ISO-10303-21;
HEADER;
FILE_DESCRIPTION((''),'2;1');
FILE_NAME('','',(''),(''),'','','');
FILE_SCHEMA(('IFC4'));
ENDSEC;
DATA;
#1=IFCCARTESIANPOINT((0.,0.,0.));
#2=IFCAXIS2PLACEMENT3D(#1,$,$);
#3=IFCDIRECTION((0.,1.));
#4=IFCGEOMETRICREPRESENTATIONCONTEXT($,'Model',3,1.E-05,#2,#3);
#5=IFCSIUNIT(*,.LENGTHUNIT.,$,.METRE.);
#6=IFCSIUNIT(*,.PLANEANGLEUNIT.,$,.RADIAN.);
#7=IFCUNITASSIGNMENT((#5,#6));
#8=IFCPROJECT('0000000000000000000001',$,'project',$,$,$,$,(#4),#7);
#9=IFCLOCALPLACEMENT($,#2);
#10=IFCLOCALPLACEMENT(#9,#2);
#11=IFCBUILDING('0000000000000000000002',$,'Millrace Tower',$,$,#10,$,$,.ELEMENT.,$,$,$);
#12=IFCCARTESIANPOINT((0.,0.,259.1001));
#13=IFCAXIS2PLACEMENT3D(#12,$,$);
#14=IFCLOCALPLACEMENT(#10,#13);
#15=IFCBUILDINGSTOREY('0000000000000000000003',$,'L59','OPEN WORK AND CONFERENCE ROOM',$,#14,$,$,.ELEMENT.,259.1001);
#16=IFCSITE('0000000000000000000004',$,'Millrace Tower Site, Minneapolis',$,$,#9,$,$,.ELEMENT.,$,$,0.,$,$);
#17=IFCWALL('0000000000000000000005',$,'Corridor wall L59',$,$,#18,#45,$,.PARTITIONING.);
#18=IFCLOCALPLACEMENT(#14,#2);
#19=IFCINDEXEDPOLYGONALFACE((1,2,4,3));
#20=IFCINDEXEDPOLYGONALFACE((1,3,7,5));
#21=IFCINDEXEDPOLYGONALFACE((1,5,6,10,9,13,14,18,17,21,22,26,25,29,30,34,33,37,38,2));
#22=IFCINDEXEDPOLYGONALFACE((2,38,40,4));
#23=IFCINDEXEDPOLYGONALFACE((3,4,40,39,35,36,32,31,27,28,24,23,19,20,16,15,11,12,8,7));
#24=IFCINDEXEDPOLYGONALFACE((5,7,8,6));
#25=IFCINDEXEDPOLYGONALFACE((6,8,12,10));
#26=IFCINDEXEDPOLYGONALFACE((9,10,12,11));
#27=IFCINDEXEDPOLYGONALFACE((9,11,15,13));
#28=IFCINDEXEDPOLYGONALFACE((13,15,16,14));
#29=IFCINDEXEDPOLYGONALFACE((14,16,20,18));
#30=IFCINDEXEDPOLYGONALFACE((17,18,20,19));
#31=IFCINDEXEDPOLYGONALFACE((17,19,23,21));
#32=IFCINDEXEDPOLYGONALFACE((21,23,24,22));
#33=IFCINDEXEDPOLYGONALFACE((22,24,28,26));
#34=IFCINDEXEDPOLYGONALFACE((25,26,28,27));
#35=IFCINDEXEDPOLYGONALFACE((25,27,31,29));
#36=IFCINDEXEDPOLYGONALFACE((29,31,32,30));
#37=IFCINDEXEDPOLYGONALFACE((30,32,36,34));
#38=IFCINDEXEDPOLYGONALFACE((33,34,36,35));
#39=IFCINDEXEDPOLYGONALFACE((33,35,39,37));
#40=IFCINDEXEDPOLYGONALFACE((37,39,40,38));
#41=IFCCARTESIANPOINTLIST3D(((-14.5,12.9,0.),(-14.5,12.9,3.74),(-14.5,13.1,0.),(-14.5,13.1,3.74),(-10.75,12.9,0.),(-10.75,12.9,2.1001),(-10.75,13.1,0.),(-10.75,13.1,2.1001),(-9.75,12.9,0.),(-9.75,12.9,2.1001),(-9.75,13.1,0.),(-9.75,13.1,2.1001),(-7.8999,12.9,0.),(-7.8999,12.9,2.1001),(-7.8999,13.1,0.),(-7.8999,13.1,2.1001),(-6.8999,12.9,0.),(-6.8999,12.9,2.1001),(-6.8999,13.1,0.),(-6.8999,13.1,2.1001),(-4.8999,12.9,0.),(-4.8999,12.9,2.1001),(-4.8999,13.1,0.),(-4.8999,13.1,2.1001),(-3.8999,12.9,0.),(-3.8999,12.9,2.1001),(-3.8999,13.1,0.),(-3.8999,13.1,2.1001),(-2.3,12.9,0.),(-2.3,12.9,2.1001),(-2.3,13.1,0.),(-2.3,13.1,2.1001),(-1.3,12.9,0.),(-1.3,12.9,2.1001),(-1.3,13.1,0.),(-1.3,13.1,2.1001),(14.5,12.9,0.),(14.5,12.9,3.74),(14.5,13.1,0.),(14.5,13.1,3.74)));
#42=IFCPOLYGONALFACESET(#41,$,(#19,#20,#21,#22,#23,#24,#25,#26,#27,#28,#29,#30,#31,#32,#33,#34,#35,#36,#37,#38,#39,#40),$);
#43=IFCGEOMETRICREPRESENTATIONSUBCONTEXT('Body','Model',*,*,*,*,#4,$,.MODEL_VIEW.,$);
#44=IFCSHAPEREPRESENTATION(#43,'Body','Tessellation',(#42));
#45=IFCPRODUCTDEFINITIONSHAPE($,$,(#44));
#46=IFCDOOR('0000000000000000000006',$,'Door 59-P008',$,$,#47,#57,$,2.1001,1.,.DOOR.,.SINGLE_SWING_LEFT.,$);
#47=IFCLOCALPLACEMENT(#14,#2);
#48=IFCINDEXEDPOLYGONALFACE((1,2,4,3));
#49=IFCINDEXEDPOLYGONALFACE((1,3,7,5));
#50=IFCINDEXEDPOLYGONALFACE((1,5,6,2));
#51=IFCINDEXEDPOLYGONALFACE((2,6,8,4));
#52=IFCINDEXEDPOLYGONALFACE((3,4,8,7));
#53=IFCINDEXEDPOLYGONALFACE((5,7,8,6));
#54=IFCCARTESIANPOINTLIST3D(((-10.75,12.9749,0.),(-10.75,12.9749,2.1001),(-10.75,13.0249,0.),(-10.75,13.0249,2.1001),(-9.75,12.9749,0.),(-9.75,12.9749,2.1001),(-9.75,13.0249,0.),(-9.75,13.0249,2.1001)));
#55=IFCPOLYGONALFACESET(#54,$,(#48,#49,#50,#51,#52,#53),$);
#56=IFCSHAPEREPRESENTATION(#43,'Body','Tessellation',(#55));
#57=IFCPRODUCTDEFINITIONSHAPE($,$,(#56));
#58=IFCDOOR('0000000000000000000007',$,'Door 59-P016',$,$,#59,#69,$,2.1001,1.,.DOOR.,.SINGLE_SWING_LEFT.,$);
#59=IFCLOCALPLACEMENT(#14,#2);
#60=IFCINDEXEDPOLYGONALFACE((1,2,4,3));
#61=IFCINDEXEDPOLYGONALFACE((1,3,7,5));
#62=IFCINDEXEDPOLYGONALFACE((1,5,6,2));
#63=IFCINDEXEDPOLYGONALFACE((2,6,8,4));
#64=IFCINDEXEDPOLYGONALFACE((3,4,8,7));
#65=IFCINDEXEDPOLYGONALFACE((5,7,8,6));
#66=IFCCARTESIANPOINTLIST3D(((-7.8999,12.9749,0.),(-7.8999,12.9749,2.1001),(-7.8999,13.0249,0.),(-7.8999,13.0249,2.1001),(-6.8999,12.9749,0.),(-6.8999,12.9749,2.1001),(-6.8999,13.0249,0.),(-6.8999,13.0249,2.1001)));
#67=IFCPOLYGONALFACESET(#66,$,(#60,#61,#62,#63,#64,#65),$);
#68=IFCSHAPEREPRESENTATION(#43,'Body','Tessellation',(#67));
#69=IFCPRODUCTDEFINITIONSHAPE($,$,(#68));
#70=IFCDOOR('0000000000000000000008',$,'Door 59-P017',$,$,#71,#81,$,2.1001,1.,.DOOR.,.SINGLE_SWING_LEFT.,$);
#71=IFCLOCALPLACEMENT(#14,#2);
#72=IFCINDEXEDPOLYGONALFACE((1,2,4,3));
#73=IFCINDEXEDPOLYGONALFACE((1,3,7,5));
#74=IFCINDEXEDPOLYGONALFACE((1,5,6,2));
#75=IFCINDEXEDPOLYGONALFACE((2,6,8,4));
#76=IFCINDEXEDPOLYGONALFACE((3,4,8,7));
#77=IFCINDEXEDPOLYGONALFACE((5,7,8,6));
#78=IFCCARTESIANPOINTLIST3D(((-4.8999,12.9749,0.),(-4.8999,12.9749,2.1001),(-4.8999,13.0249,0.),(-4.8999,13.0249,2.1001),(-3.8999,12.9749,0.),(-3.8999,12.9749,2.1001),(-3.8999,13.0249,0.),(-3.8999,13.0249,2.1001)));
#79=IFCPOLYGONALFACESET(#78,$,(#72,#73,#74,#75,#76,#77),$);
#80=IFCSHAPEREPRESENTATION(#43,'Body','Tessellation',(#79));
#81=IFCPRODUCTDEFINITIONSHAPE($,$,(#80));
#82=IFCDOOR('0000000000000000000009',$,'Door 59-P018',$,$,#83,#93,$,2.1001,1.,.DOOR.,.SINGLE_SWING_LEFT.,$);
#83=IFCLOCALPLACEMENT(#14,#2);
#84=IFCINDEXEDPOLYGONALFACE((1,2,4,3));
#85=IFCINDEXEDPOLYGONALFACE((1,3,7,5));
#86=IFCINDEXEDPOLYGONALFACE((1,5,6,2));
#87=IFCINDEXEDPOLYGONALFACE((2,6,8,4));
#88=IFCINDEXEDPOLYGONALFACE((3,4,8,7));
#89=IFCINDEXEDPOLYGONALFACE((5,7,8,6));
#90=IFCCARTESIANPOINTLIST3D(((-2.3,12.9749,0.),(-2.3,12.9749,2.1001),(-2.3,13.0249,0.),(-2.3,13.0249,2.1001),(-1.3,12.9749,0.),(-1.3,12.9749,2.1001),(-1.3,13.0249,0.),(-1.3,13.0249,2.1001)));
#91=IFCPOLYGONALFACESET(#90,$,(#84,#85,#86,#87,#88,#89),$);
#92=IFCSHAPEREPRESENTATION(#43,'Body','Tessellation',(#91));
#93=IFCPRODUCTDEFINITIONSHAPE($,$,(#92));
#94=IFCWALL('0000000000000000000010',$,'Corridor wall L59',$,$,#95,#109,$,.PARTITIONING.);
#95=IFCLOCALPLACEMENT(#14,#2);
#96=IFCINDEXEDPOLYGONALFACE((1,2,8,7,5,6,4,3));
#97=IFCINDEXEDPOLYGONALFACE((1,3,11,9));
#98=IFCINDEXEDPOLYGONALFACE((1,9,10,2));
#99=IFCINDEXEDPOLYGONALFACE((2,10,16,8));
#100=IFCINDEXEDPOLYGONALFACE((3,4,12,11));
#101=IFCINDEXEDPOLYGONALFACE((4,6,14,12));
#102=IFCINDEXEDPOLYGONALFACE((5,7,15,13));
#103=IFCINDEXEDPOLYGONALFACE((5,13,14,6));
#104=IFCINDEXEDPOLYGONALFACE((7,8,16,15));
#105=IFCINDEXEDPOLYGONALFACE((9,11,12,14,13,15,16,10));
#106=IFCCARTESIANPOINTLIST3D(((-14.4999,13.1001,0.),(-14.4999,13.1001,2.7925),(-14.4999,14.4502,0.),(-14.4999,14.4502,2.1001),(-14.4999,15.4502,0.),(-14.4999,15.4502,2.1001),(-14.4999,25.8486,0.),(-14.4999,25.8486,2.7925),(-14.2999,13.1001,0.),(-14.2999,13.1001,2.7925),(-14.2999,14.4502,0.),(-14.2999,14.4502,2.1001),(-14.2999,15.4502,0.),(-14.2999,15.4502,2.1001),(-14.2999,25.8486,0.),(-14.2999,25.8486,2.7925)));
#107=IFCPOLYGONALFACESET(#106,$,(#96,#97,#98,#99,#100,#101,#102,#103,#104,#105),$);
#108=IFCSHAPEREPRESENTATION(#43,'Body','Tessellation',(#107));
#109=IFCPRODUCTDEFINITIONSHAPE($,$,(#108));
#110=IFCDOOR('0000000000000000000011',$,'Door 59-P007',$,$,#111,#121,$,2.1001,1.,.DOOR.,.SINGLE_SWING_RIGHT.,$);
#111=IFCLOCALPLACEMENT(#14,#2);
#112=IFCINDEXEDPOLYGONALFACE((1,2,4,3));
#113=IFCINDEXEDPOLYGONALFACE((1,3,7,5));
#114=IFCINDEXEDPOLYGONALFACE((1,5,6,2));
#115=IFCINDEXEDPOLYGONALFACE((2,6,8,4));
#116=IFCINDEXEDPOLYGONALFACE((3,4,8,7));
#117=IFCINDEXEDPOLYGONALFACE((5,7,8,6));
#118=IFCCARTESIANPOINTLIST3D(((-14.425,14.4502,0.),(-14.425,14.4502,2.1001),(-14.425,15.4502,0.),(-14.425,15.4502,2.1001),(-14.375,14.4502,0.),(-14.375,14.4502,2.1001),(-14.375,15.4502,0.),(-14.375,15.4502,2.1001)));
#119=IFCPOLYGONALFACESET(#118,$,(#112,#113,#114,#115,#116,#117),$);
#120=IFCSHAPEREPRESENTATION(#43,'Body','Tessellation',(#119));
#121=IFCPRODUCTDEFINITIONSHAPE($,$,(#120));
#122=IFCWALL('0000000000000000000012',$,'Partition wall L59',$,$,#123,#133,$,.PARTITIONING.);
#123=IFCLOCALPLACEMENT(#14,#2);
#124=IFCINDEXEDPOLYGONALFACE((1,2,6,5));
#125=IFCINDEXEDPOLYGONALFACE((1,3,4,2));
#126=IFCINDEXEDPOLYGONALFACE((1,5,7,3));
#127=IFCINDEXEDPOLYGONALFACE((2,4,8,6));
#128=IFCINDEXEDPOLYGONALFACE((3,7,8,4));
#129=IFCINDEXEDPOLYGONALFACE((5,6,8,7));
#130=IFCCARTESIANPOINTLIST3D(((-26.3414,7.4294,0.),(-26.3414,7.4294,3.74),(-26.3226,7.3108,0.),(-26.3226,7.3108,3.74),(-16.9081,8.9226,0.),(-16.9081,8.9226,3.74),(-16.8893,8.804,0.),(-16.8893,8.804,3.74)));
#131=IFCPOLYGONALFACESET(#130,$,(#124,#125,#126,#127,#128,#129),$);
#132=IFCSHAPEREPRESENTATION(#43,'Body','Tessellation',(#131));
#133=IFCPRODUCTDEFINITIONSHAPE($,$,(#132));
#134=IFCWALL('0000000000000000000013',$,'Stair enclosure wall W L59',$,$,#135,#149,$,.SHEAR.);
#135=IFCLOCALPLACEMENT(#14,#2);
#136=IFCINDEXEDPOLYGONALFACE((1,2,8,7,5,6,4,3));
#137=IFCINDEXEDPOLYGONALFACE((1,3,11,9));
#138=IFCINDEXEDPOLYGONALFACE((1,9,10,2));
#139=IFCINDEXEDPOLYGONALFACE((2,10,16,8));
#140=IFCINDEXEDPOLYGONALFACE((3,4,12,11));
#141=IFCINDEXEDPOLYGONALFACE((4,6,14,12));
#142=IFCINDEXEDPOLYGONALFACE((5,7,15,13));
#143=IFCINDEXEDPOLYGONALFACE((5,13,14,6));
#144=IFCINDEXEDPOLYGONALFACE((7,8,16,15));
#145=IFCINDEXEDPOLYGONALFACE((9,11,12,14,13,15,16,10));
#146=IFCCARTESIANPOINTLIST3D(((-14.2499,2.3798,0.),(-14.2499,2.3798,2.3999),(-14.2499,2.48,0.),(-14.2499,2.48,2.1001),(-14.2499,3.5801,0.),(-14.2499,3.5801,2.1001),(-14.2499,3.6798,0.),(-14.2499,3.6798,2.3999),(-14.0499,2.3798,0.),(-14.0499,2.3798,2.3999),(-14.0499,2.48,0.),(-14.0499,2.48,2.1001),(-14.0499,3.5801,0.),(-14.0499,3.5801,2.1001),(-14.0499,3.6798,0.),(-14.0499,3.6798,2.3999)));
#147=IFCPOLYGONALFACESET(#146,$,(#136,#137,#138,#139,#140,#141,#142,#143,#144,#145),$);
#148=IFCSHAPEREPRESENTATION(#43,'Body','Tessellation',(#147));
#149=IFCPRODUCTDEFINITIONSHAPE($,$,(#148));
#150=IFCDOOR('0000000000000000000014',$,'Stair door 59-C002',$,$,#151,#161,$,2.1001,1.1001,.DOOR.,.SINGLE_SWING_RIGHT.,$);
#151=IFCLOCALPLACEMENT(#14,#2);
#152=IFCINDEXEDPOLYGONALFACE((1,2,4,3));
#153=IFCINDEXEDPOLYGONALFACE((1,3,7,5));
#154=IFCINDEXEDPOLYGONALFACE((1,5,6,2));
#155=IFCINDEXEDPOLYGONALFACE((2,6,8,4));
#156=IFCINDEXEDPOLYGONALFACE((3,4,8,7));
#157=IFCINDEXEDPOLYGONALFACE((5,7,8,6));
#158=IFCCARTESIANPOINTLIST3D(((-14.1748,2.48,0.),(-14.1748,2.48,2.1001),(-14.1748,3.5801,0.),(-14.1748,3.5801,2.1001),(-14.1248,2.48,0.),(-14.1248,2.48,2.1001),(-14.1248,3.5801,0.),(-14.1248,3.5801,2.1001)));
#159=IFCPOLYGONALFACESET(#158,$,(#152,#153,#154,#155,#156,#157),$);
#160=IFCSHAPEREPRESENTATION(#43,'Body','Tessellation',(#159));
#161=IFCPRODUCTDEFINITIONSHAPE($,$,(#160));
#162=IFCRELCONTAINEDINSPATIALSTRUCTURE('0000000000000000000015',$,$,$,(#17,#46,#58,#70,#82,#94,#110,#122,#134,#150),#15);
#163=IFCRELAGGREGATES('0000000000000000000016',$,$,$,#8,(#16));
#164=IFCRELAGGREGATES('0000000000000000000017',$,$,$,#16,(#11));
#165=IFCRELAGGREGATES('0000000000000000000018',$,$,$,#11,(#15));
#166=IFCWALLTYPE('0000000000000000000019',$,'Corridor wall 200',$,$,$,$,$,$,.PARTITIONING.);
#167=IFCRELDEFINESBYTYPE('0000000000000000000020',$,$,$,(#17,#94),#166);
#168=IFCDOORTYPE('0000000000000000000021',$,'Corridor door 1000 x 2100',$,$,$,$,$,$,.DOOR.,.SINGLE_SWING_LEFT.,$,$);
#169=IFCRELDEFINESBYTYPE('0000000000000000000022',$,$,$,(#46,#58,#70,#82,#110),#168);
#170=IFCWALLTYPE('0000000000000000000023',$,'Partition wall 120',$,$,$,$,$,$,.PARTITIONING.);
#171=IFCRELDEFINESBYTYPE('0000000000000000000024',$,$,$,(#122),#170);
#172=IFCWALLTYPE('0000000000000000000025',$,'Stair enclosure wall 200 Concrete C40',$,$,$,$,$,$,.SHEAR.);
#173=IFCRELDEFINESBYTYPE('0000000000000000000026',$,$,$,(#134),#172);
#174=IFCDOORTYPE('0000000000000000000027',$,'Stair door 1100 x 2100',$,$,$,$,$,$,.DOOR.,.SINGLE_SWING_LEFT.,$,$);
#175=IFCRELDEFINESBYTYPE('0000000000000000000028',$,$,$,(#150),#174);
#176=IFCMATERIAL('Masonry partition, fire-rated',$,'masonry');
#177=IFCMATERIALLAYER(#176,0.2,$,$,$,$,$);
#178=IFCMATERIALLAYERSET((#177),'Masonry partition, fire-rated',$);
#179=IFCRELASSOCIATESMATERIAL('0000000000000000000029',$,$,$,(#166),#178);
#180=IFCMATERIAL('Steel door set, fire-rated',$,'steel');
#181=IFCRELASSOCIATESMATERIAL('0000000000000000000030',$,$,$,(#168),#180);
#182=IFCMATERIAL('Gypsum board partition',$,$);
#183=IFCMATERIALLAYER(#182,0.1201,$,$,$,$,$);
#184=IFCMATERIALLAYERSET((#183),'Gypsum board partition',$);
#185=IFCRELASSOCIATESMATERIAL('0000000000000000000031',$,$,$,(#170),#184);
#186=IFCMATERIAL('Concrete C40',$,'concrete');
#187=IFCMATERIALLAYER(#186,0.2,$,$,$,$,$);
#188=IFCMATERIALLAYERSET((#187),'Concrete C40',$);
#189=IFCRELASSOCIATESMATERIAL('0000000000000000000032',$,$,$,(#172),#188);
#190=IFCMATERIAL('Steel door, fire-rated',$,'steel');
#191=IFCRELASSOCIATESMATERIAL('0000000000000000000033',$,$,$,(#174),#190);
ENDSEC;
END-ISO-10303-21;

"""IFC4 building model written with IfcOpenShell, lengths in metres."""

from ifc_helpers import new_model, si_unit, direction, frame, frame_2d, origin, place, context, subcontext, project, spatial, rectangle, extrude, material, layer, layer_set, type_object, element, fill, save


model = new_model("IFC4")

# Units and contexts
model_context = context("Model", 3, precision=1e-05, world=origin(), true_north=direction((0.0, 1.0)))
body_context = subcontext(model_context, "Body", "Model", "MODEL_VIEW")
ifc_project = project(units=[si_unit("LENGTHUNIT", "METRE"), si_unit("PLANEANGLEUNIT", "RADIAN")], contexts=[model_context])

# Site, building, storey
site_placement = place(None, origin())
site = spatial("IfcSite", under=ifc_project, at=site_placement, Name="Millrace Tower Site, Minneapolis", CompositionType="ELEMENT", RefElevation=0.0)
building_placement = place(site_placement, origin())
building = spatial("IfcBuilding", under=site, at=building_placement, Name="Millrace Tower", CompositionType="ELEMENT")
storey_placement = place(building_placement, frame((0.0, 0.0, 259.1001)))
storey = spatial("IfcBuildingStorey", under=building, at=storey_placement, Name="L59", Description="OPEN WORK AND CONFERENCE ROOM", CompositionType="ELEMENT", Elevation=259.1001)

# Wall, openings, doors
ifc_material_1 = material(Name="Masonry partition, fire-rated", Category="masonry")
ifc_layer_1 = layer(ifc_material_1, 0.2)
ifc_layer_set_1 = layer_set([ifc_layer_1], Name="Masonry partition, fire-rated")
wall_type_1 = type_object("IfcWallType", Name="Corridor wall 200", PredefinedType="PARTITIONING", material=ifc_layer_set_1)
wall_1_placement = place(storey_placement, frame((-14.5, 13.0, 0.0), z_axis=(0.0, 0.0, 1.0), x_axis=(1.0, 0.0, 0.0)))
wall_1 = element("IfcWall", 1, at=wall_1_placement, inside=storey, type_object=wall_type_1, Name="Corridor wall L59", PredefinedType="PARTITIONING", context=body_context, shape_type="SweptSolid", body=[
    extrude(rectangle(XDim=29.0, YDim=0.2, at=frame_2d((14.5, 0.0))), origin(), (0.0, 0.0, 1.0), 3.74),
])
opening_1_placement = place(wall_1_placement, frame((3.75, 0.0, 0.0)))
opening_1 = element("IfcOpeningElement", 2, at=opening_1_placement, cuts=wall_1, PredefinedType="OPENING", context=body_context, shape_type="SweptSolid", body=[
    extrude(rectangle(XDim=1.0, YDim=2.1001, at=frame_2d((0.5, 1.05))), frame((0.0, 0.1099, 0.0), z_axis=(0.0, -1.0, 0.0), x_axis=(1.0, 0.0, 0.0)), (0.0, 0.0, 1.0), 0.22),
])
opening_2_placement = place(wall_1_placement, frame((6.6001, 0.0, 0.0)))
opening_2 = element("IfcOpeningElement", 3, at=opening_2_placement, cuts=wall_1, PredefinedType="OPENING", context=body_context, shape_type="SweptSolid", body=[
    extrude(rectangle(XDim=1.0, YDim=2.1001, at=frame_2d((0.5, 1.05))), frame((0.0, 0.1099, 0.0), z_axis=(0.0, -1.0, 0.0), x_axis=(1.0, 0.0, 0.0)), (0.0, 0.0, 1.0), 0.22),
])
opening_3_placement = place(wall_1_placement, frame((9.6001, 0.0, 0.0)))
opening_3 = element("IfcOpeningElement", 4, at=opening_3_placement, cuts=wall_1, PredefinedType="OPENING", context=body_context, shape_type="SweptSolid", body=[
    extrude(rectangle(XDim=1.0, YDim=2.1001, at=frame_2d((0.5, 1.05))), frame((0.0, 0.1099, 0.0), z_axis=(0.0, -1.0, 0.0), x_axis=(1.0, 0.0, 0.0)), (0.0, 0.0, 1.0), 0.22),
])
opening_4_placement = place(wall_1_placement, frame((12.2, 0.0, 0.0)))
opening_4 = element("IfcOpeningElement", 5, at=opening_4_placement, cuts=wall_1, PredefinedType="OPENING", context=body_context, shape_type="SweptSolid", body=[
    extrude(rectangle(XDim=1.0, YDim=2.1001, at=frame_2d((0.5, 1.05))), frame((0.0, 0.1099, 0.0), z_axis=(0.0, -1.0, 0.0), x_axis=(1.0, 0.0, 0.0)), (0.0, 0.0, 1.0), 0.22),
])
ifc_material_2 = material(Name="Steel door set, fire-rated", Category="steel")
door_type_1 = type_object("IfcDoorType", Name="Corridor door 1000 x 2100", OperationType="SINGLE_SWING_LEFT", PredefinedType="DOOR", material=ifc_material_2)
door_1_placement = place(opening_1_placement, origin())
door_1 = element("IfcDoor", 6, at=door_1_placement, inside=storey, type_object=door_type_1, Name="Door 59-P008", OperationType="SINGLE_SWING_LEFT", OverallHeight=2.1001, OverallWidth=1.0, PredefinedType="DOOR", context=body_context, shape_type="SweptSolid", body=[
    extrude(rectangle(XDim=1.0, YDim=2.1001, at=frame_2d((0.5, 1.05))), frame((0.0, 0.0249, 0.0), z_axis=(0.0, -1.0, 0.0), x_axis=(1.0, 0.0, 0.0)), (0.0, 0.0, 1.0), 0.05),
])
fill(opening_1, door_1)
door_2_placement = place(opening_2_placement, origin())
door_2 = element("IfcDoor", 7, at=door_2_placement, inside=storey, type_object=door_type_1, Name="Door 59-P016", OperationType="SINGLE_SWING_LEFT", OverallHeight=2.1001, OverallWidth=1.0, PredefinedType="DOOR", context=body_context, shape_type="SweptSolid", body=[
    extrude(rectangle(XDim=1.0, YDim=2.1001, at=frame_2d((0.5, 1.05))), frame((0.0, 0.0249, 0.0), z_axis=(0.0, -1.0, 0.0), x_axis=(1.0, 0.0, 0.0)), (0.0, 0.0, 1.0), 0.05),
])
fill(opening_2, door_2)
door_3_placement = place(opening_3_placement, origin())
door_3 = element("IfcDoor", 8, at=door_3_placement, inside=storey, type_object=door_type_1, Name="Door 59-P017", OperationType="SINGLE_SWING_LEFT", OverallHeight=2.1001, OverallWidth=1.0, PredefinedType="DOOR", context=body_context, shape_type="SweptSolid", body=[
    extrude(rectangle(XDim=1.0, YDim=2.1001, at=frame_2d((0.5, 1.05))), frame((0.0, 0.0249, 0.0), z_axis=(0.0, -1.0, 0.0), x_axis=(1.0, 0.0, 0.0)), (0.0, 0.0, 1.0), 0.05),
])
fill(opening_3, door_3)
door_4_placement = place(opening_4_placement, origin())
door_4 = element("IfcDoor", 9, at=door_4_placement, inside=storey, type_object=door_type_1, Name="Door 59-P018", OperationType="SINGLE_SWING_LEFT", OverallHeight=2.1001, OverallWidth=1.0, PredefinedType="DOOR", context=body_context, shape_type="SweptSolid", body=[
    extrude(rectangle(XDim=1.0, YDim=2.1001, at=frame_2d((0.5, 1.05))), frame((0.0, 0.0249, 0.0), z_axis=(0.0, -1.0, 0.0), x_axis=(1.0, 0.0, 0.0)), (0.0, 0.0, 1.0), 0.05),
])
fill(opening_4, door_4)

# Wall, opening, door
wall_2_placement = place(storey_placement, frame((-14.3999, 13.1001, 0.0), z_axis=(0.0, 0.0, 1.0), x_axis=(0.0, 1.0, 0.0)))
wall_2 = element("IfcWall", 10, at=wall_2_placement, inside=storey, type_object=wall_type_1, Name="Corridor wall L59", PredefinedType="PARTITIONING", context=body_context, shape_type="SweptSolid", body=[
    extrude(rectangle(XDim=12.7485, YDim=0.2, at=frame_2d((6.3743, 0.0))), origin(), (0.0, 0.0, 1.0), 2.7925),
])
opening_5_placement = place(wall_2_placement, frame((1.3501, 0.0, 0.0)))
opening_5 = element("IfcOpeningElement", 11, at=opening_5_placement, cuts=wall_2, PredefinedType="OPENING", context=body_context, shape_type="SweptSolid", body=[
    extrude(rectangle(XDim=1.0, YDim=2.1001, at=frame_2d((0.5, 1.05))), frame((0.0, 0.1099, 0.0), z_axis=(0.0, -1.0, 0.0), x_axis=(1.0, 0.0, 0.0)), (0.0, 0.0, 1.0), 0.22),
])
door_5_placement = place(opening_5_placement, frame((1.0, 0.0, 0.0), z_axis=(0.0, 0.0, 1.0), x_axis=(-1.0, 0.0, 0.0)))
door_5 = element("IfcDoor", 12, at=door_5_placement, inside=storey, type_object=door_type_1, Name="Door 59-P007", OperationType="SINGLE_SWING_RIGHT", OverallHeight=2.1001, OverallWidth=1.0, PredefinedType="DOOR", context=body_context, shape_type="SweptSolid", body=[
    extrude(rectangle(XDim=1.0, YDim=2.1001, at=frame_2d((0.5, 1.05))), frame((0.0, 0.0249, 0.0), z_axis=(0.0, -1.0, 0.0), x_axis=(1.0, 0.0, 0.0)), (0.0, 0.0, 1.0), 0.05),
])
fill(opening_5, door_5)

# Wall
ifc_material_3 = material(Name="Gypsum board partition")
ifc_layer_2 = layer(ifc_material_3, 0.1201)
ifc_layer_set_2 = layer_set([ifc_layer_2], Name="Gypsum board partition")
wall_type_2 = type_object("IfcWallType", Name="Partition wall 120", PredefinedType="PARTITIONING", material=ifc_layer_set_2)
wall_3_placement = place(storey_placement, frame((-26.332, 7.3701, 0.0), z_axis=(0.0, 0.0, 1.0), x_axis=(0.987703, 0.156339, 0.0)))
element("IfcWall", 13, at=wall_3_placement, inside=storey, type_object=wall_type_2, Name="Partition wall L59", PredefinedType="PARTITIONING", context=body_context, shape_type="SweptSolid", body=[
    extrude(rectangle(XDim=9.5508, YDim=0.1201, at=frame_2d((4.7754, 0.0))), origin(), (0.0, 0.0, 1.0), 3.74),
])

# Wall, opening, door
ifc_material_4 = material(Name="Concrete C40", Category="concrete")
ifc_layer_3 = layer(ifc_material_4, 0.2)
ifc_layer_set_3 = layer_set([ifc_layer_3], Name="Concrete C40")
wall_type_3 = type_object("IfcWallType", Name="Stair enclosure wall 200 Concrete C40", PredefinedType="SHEAR", material=ifc_layer_set_3)
wall_4_placement = place(storey_placement, frame((-14.1499, 2.3799, 0.0), z_axis=(0.0, 0.0, 1.0), x_axis=(0.0, 1.0, 0.0)))
wall_4 = element("IfcWall", 14, at=wall_4_placement, inside=storey, type_object=wall_type_3, Name="Stair enclosure wall W L59", PredefinedType="SHEAR", context=body_context, shape_type="SweptSolid", body=[
    extrude(rectangle(XDim=1.3, YDim=0.2, at=frame_2d((0.6499, 0.0))), origin(), (0.0, 0.0, 1.0), 2.3999),
])
opening_6_placement = place(wall_4_placement, frame((0.1001, 0.0, 0.0)))
opening_6 = element("IfcOpeningElement", 15, at=opening_6_placement, cuts=wall_4, PredefinedType="OPENING", context=body_context, shape_type="SweptSolid", body=[
    extrude(rectangle(XDim=1.1001, YDim=2.1001, at=frame_2d((0.55, 1.05))), frame((0.0, 0.1099, 0.0), z_axis=(0.0, -1.0, 0.0), x_axis=(1.0, 0.0, 0.0)), (0.0, 0.0, 1.0), 0.22),
])
ifc_material_5 = material(Name="Steel door, fire-rated", Category="steel")
door_type_2 = type_object("IfcDoorType", Name="Stair door 1100 x 2100", OperationType="SINGLE_SWING_LEFT", PredefinedType="DOOR", material=ifc_material_5)
door_6_placement = place(opening_6_placement, origin())
door_6 = element("IfcDoor", 16, at=door_6_placement, inside=storey, type_object=door_type_2, Name="Stair door 59-C002", OperationType="SINGLE_SWING_RIGHT", OverallHeight=2.1001, OverallWidth=1.1001, PredefinedType="DOOR", context=body_context, shape_type="SweptSolid", body=[
    extrude(rectangle(XDim=1.1001, YDim=2.1001, at=frame_2d((0.55, 1.05))), frame((0.0, 0.0249, 0.0), z_axis=(0.0, -1.0, 0.0), x_axis=(1.0, 0.0, 0.0)), (0.0, 0.0, 1.0), 0.05),
])
fill(opening_6, door_6)

save(model, "model.ifc")
